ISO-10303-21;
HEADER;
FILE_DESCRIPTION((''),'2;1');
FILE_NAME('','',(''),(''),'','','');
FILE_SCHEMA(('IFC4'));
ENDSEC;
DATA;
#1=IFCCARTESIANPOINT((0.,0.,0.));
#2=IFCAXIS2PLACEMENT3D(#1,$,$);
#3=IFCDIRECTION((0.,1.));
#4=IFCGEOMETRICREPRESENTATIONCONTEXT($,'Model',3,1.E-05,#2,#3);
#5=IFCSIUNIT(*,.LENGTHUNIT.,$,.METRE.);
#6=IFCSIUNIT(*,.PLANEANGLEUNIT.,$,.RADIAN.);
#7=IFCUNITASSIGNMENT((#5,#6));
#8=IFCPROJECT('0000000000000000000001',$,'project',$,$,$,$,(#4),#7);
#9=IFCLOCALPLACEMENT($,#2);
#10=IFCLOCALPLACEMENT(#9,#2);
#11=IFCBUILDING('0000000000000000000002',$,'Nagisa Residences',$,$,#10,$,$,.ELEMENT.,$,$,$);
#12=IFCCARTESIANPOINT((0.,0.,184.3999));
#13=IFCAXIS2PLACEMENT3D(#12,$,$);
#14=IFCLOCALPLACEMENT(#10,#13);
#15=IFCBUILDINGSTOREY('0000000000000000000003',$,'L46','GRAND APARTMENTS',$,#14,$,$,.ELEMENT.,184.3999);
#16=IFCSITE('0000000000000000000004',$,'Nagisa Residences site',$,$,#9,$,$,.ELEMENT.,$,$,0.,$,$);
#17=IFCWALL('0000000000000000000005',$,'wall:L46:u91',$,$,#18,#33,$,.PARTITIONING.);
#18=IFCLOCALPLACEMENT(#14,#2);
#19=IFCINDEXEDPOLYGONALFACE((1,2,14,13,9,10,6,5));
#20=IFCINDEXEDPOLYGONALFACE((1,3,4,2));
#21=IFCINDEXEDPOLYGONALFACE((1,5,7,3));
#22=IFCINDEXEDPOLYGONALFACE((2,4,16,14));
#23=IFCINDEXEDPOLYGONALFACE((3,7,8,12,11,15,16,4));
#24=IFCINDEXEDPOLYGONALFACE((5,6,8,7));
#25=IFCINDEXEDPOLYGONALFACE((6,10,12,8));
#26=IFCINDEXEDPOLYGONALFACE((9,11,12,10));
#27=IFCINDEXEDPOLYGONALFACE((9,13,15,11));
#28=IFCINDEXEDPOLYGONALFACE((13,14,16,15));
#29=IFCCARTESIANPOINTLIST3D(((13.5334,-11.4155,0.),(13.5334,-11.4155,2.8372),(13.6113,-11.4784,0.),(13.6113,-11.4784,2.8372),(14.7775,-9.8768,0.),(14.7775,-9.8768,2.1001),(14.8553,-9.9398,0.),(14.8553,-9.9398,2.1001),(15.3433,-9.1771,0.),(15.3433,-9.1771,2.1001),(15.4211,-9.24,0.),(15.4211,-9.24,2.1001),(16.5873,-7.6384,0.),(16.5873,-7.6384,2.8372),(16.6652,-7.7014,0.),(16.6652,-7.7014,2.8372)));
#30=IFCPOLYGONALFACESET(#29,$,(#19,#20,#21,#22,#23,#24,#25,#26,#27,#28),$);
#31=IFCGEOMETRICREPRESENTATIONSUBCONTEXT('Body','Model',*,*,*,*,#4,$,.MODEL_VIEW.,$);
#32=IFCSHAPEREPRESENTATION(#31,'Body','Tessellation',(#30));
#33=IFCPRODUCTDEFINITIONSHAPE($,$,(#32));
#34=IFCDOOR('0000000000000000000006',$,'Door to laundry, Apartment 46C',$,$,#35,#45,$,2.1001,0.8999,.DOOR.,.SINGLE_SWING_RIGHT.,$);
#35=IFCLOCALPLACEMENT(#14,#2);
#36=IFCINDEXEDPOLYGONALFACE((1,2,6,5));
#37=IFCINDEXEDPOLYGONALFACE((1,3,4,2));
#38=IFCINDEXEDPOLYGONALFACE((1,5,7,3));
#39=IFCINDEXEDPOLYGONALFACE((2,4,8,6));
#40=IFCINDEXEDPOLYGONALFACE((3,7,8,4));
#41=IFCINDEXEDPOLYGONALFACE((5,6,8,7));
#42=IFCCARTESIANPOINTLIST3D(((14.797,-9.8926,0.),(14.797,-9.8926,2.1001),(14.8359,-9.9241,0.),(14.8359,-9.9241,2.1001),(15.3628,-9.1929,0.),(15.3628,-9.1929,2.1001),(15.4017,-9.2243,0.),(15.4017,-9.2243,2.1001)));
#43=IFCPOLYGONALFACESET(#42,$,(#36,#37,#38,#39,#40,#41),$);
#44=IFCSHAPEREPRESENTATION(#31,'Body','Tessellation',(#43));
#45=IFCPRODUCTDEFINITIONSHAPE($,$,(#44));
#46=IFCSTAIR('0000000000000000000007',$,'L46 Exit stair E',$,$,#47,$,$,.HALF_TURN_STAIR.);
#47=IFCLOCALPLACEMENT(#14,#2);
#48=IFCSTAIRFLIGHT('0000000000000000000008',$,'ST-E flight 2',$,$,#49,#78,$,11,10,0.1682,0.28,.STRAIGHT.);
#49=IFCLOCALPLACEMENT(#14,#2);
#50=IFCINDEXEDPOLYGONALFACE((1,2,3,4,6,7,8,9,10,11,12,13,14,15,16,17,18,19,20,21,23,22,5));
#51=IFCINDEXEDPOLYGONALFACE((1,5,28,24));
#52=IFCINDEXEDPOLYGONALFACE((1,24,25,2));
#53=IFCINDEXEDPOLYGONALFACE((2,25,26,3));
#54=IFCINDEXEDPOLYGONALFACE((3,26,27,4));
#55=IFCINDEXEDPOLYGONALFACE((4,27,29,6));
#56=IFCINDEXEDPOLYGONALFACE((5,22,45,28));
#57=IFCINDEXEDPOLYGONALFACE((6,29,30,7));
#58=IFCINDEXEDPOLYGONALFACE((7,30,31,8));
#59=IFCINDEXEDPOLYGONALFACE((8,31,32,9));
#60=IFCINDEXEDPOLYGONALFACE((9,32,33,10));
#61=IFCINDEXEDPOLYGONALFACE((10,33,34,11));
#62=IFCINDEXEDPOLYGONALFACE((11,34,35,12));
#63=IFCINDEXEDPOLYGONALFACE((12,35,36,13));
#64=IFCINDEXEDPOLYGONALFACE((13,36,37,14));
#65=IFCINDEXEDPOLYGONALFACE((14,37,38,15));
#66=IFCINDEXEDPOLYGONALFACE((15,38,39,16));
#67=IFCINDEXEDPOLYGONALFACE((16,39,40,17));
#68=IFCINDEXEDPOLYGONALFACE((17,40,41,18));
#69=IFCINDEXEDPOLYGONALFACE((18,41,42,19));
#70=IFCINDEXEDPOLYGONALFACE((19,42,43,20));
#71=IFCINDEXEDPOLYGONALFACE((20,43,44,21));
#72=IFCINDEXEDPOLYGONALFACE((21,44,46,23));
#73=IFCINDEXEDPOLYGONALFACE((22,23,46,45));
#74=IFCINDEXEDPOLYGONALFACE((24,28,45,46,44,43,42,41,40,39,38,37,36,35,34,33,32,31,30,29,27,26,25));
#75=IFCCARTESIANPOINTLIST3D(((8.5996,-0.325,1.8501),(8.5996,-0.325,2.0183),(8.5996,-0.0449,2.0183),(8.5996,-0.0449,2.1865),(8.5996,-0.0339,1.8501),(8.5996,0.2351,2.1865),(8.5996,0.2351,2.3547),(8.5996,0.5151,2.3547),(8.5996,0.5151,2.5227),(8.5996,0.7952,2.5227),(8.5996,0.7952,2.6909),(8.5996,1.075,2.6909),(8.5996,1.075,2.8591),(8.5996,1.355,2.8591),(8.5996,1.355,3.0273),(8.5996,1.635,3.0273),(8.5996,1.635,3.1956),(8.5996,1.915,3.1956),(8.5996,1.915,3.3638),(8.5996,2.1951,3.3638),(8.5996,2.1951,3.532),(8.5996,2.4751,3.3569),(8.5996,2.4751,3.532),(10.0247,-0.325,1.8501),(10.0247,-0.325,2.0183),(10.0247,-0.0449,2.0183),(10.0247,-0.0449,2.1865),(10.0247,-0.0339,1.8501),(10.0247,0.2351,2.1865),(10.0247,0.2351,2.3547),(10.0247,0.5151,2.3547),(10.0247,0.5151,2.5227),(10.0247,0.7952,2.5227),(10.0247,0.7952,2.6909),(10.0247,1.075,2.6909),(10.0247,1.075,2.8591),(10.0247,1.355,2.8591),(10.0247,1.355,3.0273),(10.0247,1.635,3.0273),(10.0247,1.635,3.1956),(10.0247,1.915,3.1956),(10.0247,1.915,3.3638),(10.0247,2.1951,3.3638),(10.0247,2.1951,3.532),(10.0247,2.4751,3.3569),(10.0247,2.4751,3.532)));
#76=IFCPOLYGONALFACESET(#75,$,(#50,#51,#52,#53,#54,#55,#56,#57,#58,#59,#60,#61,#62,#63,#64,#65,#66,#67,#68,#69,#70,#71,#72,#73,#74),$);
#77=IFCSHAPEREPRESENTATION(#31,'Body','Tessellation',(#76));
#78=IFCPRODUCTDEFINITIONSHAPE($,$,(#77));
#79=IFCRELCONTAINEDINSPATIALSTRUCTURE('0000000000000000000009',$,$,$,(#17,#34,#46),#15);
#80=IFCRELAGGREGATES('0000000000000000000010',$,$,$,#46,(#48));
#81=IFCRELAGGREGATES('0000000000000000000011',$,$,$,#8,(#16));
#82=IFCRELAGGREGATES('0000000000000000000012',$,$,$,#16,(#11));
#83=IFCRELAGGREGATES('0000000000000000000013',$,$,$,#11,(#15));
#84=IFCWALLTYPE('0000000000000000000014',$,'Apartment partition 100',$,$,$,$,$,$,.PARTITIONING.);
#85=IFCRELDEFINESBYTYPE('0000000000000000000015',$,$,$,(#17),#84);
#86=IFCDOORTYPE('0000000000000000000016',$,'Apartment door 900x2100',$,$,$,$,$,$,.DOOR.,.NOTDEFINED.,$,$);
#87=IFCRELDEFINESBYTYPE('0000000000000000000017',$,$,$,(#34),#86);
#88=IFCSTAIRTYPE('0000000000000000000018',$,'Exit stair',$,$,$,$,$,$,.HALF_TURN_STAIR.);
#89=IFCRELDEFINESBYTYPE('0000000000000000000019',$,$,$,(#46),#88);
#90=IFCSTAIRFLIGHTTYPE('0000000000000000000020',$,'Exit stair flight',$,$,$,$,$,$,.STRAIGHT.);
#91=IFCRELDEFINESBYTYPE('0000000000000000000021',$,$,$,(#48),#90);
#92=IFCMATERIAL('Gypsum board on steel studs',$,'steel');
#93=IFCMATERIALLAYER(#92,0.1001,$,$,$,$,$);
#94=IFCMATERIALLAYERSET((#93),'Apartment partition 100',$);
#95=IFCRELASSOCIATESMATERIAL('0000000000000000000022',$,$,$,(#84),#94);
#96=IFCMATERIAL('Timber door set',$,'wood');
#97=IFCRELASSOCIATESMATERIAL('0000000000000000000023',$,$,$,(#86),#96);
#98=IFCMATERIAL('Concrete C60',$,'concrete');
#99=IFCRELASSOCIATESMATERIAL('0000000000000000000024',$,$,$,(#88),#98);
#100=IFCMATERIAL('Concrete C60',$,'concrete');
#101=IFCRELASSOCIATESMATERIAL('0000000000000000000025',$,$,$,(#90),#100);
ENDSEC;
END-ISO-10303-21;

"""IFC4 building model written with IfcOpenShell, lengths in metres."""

from ifc_helpers import new_model, si_unit, direction, frame, frame_2d, origin, place, context, subcontext, project, spatial, polyline, rectangle, outline, extrude, material, layer, layer_set, type_object, element, fill, aggregate, save


model = new_model("IFC4")

# Units and contexts
model_context = context("Model", 3, precision=1e-05, world=origin(), true_north=direction((0.0, 1.0)))
body_context = subcontext(model_context, "Body", "Model", "MODEL_VIEW")
ifc_project = project(units=[si_unit("LENGTHUNIT", "METRE"), si_unit("PLANEANGLEUNIT", "RADIAN")], contexts=[model_context])

# Site, building, storey
site_placement = place(None, origin())
site = spatial("IfcSite", under=ifc_project, at=site_placement, Name="Nagisa Residences site", CompositionType="ELEMENT", RefElevation=0.0)
building_placement = place(site_placement, origin())
building = spatial("IfcBuilding", under=site, at=building_placement, Name="Nagisa Residences", CompositionType="ELEMENT")
storey_placement = place(building_placement, frame((0.0, 0.0, 184.3999)))
storey = spatial("IfcBuildingStorey", under=building, at=storey_placement, Name="L46", Description="GRAND APARTMENTS", CompositionType="ELEMENT", Elevation=184.3999)

# Shared definitions
ifc_material_1 = material(Name="Gypsum board on steel studs", Category="steel")
ifc_layer_1 = layer(ifc_material_1, 0.1001)
ifc_layer_set_1 = layer_set([ifc_layer_1], Name="Apartment partition 100")
wall_type_1 = type_object("IfcWallType", Name="Apartment partition 100", PredefinedType="PARTITIONING", material=ifc_layer_set_1)

# Shared definitions
ifc_material_2 = material(Name="Timber door set", Category="wood")
door_type = type_object("IfcDoorType", Name="Apartment door 900x2100", OperationType="NOTDEFINED", PredefinedType="DOOR", material=ifc_material_2)

# Wall, opening, door
wall_1_placement = place(storey_placement, frame((13.5723, -11.447, 0.0), z_axis=(0.0, 0.0, 1.0), x_axis=(0.628738, 0.777617, 0.0)))
wall_1 = element("IfcWall", 1, at=wall_1_placement, inside=storey, type_object=wall_type_1, Name="wall:L46:u91", PredefinedType="PARTITIONING", context=body_context, shape_type="SweptSolid", body=[
    extrude(rectangle(XDim=4.8572, YDim=0.1001, at=frame_2d((2.4287, 0.0))), origin(), (0.0, 0.0, 1.0), 2.8372),
])
opening_1_placement = place(wall_1_placement, frame((1.9788, 0.0, 0.0)))
opening_1 = element("IfcOpeningElement", 2, at=opening_1_placement, cuts=wall_1, PredefinedType="OPENING", context=body_context, shape_type="SweptSolid", body=[
    extrude(rectangle(XDim=0.8999, YDim=2.1001, at=frame_2d((0.45, 1.05))), frame((0.0, 0.0601, 0.0), z_axis=(0.0, -1.0, 0.0), x_axis=(1.0, 0.0, 0.0)), (0.0, 0.0, 1.0), 0.1201),
])
door_1_placement = place(opening_1_placement, origin())
door_1 = element("IfcDoor", 3, at=door_1_placement, inside=storey, type_object=door_type, Name="Door to laundry, Apartment 46C", OperationType="SINGLE_SWING_RIGHT", OverallHeight=2.1001, OverallWidth=0.8999, PredefinedType="DOOR", context=body_context, shape_type="SweptSolid", body=[
    extrude(rectangle(XDim=0.8999, YDim=2.1001, at=frame_2d((0.45, 1.05))), frame((0.0, 0.0249, 0.0), z_axis=(0.0, -1.0, 0.0), x_axis=(1.0, 0.0, 0.0)), (0.0, 0.0, 1.0), 0.05),
])
fill(opening_1, door_1)

# Stair, stair flight
ifc_material_3 = material(Name="Concrete C60", Category="concrete")
stair_type = type_object("IfcStairType", Name="Exit stair", PredefinedType="HALF_TURN_STAIR", material=ifc_material_3)
stair_placement = place(storey_placement, origin())
stair = element("IfcStair", 4, at=stair_placement, inside=storey, type_object=stair_type, Name="L46 Exit stair E", PredefinedType="HALF_TURN_STAIR")
ifc_material_4 = material(Name="Concrete C60", Category="concrete")
stair_flight_type = type_object("IfcStairFlightType", Name="Exit stair flight", PredefinedType="STRAIGHT", material=ifc_material_4)
stair_flight_placement = place(storey_placement, frame((9.312, -0.325, 1.8501), z_axis=(0.0, 0.0, 1.0), x_axis=(0.0, 1.0, 0.0)))
stair_flight = element("IfcStairFlight", 5, at=stair_flight_placement, type_object=stair_flight_type, Name="ST-E flight 2", NumberOfRisers=11, NumberOfTreads=10, PredefinedType="STRAIGHT", RiserHeight=0.1682, TreadLength=0.28, context=body_context, shape_type="SweptSolid", body=[
    extrude(outline(polyline([(0.0, 0.0), (0.0, 0.1682), (0.28, 0.1682), (0.28, 0.3364), (0.5601, 0.3364), (0.5601, 0.5046), (0.8401, 0.5046), (0.8401, 0.6726), (1.1201, 0.6726), (1.1201, 0.8408), (1.3999, 0.8408), (1.3999, 1.009), (1.6799, 1.009), (1.6799, 1.1772), (1.96, 1.1772), (1.96, 1.3455), (2.24, 1.3455), (2.24, 1.5137), (2.52, 1.5137), (2.52, 1.6819), (2.8, 1.6819), (2.8, 1.8501), (2.8, 1.5068), (0.291, 0.0), (0.0, 0.0)])), frame((0.0, 0.7124, 0.0), z_axis=(0.0, -1.0, 0.0), x_axis=(1.0, 0.0, 0.0)), (0.0, 0.0, 1.0), 1.425),
])
aggregate(stair, [stair_flight])

save(model, "model.ifc")
